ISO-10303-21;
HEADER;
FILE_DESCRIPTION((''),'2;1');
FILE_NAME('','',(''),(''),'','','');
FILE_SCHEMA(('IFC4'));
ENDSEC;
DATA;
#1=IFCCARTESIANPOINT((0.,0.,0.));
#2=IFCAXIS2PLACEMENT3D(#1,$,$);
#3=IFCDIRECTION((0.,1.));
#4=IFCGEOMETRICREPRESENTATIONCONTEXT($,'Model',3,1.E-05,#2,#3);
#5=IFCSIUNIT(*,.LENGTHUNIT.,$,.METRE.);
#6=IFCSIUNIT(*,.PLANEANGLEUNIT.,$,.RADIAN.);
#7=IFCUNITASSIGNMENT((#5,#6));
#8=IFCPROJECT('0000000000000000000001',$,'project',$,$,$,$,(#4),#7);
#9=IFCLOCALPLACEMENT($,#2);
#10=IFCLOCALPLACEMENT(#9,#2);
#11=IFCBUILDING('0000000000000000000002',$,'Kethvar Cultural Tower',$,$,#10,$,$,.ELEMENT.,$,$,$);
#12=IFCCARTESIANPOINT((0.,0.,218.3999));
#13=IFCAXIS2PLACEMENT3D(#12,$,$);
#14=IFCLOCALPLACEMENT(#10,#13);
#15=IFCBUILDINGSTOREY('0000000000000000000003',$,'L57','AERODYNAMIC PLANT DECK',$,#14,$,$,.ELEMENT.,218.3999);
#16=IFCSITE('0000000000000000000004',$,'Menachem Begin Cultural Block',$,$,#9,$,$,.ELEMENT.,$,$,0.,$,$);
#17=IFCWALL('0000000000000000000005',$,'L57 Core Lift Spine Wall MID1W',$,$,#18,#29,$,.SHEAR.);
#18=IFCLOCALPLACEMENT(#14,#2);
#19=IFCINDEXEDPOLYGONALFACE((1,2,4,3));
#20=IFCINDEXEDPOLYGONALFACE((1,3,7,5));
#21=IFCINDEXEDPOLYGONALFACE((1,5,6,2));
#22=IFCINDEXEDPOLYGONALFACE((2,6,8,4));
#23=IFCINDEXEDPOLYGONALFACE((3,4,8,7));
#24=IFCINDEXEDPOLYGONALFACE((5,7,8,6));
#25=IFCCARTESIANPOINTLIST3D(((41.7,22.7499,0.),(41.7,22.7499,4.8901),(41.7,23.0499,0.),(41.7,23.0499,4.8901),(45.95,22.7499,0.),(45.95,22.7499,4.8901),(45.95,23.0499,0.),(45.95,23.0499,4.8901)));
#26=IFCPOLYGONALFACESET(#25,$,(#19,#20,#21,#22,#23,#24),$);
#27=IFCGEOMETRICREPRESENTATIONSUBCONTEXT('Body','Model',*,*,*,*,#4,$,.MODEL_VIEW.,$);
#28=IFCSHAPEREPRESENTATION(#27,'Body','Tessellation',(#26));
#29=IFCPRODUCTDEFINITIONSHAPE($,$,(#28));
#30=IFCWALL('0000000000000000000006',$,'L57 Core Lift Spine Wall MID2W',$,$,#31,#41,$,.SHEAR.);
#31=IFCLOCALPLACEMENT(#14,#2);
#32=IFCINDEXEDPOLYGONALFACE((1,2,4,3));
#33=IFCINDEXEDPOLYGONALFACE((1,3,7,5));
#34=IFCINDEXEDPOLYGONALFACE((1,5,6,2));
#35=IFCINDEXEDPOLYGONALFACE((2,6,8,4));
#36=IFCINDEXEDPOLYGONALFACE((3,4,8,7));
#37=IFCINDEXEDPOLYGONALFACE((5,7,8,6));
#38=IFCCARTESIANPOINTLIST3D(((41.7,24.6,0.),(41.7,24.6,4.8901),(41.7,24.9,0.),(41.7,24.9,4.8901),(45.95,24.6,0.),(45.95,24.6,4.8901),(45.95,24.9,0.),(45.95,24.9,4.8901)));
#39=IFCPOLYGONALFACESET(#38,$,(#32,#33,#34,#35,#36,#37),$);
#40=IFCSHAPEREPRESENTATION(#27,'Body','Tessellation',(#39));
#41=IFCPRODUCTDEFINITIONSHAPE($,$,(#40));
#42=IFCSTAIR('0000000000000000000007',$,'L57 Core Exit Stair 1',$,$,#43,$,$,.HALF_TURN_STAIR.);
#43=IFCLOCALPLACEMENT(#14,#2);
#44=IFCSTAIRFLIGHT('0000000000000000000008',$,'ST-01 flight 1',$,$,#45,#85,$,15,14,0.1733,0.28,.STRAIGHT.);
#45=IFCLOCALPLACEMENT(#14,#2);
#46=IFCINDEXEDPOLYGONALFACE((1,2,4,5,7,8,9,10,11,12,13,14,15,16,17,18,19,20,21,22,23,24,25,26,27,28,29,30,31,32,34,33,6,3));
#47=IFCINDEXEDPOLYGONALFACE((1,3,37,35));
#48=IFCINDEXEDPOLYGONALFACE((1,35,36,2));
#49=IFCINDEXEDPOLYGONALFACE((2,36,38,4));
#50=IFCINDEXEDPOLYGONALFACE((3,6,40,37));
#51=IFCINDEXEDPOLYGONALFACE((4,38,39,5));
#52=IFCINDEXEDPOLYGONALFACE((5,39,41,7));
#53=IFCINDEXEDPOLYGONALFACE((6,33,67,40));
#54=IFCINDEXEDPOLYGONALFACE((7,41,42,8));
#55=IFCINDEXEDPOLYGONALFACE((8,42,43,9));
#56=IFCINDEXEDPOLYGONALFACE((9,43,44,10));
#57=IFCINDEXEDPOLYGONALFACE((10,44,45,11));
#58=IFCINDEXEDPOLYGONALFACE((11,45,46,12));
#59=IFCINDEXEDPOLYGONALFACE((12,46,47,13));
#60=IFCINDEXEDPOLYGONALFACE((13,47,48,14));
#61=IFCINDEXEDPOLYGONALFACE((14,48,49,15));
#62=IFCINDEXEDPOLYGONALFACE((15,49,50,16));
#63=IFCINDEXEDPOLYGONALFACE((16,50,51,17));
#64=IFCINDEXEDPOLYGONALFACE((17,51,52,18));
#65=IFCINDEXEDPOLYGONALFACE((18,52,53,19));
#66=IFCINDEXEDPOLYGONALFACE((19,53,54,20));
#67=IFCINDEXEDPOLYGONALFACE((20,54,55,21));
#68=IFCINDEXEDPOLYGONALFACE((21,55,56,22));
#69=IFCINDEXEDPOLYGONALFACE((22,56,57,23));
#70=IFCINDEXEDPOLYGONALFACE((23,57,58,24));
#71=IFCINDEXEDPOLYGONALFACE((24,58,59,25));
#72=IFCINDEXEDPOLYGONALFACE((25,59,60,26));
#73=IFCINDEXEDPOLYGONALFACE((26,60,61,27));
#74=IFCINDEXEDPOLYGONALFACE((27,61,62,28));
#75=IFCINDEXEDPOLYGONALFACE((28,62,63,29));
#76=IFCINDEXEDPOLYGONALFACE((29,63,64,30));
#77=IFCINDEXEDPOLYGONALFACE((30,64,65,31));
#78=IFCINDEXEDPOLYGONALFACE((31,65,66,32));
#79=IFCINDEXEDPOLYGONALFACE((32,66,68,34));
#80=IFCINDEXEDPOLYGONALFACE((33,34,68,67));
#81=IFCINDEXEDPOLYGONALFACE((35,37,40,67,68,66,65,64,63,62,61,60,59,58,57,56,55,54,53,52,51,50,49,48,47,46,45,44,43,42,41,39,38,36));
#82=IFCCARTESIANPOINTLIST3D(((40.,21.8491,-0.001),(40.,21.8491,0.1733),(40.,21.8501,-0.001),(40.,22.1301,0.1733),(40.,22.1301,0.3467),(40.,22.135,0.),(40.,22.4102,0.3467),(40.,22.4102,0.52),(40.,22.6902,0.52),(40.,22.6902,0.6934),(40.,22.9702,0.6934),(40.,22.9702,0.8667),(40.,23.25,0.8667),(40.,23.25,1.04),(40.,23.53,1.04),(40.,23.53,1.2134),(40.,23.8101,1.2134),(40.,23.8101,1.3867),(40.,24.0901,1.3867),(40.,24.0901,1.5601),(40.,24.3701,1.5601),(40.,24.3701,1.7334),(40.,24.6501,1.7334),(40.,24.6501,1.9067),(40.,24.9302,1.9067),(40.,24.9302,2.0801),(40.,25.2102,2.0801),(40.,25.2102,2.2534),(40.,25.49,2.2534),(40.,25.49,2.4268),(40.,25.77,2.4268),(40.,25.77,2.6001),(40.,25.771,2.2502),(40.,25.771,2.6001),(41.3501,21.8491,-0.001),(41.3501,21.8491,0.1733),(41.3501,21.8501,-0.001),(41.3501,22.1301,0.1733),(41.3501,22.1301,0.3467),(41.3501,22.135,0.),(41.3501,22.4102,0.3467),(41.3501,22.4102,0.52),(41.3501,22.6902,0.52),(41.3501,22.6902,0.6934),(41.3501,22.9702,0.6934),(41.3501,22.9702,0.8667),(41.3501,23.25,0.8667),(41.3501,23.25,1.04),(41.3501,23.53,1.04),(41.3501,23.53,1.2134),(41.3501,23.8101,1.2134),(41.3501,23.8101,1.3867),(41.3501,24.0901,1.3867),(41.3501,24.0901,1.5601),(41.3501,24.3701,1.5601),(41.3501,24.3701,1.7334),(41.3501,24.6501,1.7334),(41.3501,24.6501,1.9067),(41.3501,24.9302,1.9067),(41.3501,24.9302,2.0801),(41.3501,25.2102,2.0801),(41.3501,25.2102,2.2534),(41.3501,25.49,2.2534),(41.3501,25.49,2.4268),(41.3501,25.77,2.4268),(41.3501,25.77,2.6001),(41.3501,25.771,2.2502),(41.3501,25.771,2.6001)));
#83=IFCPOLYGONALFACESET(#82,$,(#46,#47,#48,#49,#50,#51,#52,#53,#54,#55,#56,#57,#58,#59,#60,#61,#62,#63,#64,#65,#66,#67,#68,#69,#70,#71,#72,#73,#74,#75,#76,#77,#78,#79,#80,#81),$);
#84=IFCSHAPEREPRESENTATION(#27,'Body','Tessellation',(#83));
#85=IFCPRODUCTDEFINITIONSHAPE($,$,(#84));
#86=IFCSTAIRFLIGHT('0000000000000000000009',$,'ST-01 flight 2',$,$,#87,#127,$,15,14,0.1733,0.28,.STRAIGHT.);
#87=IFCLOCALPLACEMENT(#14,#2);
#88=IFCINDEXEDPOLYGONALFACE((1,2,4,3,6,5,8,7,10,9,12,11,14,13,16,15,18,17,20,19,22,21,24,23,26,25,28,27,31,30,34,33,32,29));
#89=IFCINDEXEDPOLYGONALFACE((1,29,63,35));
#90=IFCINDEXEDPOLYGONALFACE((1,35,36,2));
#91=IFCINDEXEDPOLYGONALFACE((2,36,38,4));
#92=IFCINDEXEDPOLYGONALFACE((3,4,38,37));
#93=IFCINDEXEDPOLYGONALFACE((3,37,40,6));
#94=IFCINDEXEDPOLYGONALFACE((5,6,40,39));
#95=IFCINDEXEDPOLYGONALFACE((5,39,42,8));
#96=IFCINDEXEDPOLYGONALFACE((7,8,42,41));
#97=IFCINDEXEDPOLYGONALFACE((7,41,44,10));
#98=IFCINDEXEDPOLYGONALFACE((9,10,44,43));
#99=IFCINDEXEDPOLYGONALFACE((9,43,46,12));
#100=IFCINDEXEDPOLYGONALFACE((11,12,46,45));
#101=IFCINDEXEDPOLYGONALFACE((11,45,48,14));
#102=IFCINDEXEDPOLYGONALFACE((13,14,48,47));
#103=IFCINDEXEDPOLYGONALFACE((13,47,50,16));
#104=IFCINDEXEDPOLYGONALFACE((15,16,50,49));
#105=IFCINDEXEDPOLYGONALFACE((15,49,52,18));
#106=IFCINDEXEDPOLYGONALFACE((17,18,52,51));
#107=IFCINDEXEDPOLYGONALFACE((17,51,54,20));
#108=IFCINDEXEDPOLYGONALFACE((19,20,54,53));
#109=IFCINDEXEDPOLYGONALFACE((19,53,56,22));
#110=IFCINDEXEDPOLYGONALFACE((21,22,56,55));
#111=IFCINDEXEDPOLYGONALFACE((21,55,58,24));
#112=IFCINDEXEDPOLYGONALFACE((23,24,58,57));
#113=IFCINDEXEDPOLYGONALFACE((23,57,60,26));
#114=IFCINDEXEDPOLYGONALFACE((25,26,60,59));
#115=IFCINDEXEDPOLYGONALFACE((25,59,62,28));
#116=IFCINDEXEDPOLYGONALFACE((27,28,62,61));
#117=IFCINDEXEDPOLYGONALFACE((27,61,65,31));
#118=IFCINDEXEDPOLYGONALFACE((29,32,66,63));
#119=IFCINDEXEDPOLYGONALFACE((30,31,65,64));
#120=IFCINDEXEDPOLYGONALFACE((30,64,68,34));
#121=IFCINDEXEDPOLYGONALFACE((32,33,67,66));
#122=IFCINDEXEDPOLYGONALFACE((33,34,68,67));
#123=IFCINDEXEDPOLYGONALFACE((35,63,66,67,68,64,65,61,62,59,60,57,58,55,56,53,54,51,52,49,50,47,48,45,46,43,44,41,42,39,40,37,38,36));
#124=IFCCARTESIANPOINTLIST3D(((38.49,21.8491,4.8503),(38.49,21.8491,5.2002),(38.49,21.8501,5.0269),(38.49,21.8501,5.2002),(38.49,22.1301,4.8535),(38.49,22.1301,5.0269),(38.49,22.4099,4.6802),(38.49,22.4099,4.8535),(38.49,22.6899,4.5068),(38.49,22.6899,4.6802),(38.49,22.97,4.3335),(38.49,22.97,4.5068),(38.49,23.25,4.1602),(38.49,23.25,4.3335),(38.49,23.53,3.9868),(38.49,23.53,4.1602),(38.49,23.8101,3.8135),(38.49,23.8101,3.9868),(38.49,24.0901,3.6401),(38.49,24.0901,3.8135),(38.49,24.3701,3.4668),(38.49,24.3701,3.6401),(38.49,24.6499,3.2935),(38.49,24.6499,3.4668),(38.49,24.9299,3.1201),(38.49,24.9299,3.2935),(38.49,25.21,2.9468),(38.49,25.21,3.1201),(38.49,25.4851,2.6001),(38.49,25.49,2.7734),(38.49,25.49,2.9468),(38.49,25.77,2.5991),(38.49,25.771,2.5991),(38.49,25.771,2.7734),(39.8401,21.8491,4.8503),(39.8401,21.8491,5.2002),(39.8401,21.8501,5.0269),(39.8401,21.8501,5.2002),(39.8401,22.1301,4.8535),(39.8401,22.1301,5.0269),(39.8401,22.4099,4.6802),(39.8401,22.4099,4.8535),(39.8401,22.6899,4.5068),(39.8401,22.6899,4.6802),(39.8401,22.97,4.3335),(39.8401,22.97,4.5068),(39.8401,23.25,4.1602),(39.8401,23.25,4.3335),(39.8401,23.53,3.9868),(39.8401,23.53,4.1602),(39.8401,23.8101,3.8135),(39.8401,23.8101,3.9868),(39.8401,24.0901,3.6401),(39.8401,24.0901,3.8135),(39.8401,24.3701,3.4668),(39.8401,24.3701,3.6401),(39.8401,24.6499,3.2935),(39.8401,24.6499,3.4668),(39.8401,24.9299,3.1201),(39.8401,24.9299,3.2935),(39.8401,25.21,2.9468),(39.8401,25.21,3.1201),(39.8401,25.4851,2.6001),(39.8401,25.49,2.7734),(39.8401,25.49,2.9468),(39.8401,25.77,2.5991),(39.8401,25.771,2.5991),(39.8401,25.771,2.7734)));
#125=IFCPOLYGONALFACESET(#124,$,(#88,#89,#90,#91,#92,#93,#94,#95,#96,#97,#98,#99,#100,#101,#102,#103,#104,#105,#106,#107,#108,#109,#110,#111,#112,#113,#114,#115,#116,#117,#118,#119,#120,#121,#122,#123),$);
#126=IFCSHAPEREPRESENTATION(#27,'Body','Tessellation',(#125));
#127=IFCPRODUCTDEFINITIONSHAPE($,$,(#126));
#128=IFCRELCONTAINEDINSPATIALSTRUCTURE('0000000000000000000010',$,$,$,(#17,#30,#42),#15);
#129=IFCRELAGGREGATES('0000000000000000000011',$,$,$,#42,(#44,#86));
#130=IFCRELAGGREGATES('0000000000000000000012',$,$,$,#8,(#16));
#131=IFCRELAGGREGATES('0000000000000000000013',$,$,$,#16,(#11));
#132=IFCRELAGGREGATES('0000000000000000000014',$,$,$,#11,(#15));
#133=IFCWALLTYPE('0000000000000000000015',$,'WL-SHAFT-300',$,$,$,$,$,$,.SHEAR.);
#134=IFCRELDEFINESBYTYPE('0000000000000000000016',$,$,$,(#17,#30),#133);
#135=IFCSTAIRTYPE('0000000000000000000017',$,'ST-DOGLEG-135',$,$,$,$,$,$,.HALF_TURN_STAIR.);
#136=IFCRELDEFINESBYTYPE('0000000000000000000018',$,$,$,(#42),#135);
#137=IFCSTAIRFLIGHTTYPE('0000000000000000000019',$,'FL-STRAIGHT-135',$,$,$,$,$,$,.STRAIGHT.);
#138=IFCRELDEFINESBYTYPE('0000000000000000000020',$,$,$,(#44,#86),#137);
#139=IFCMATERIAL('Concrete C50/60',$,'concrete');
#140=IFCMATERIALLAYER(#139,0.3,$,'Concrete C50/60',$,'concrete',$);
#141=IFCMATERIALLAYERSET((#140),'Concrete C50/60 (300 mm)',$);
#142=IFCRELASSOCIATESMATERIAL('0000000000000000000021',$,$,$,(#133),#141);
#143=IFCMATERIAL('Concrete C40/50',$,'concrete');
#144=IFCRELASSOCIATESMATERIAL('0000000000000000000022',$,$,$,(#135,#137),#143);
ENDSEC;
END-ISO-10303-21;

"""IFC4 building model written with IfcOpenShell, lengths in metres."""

from ifc_helpers import new_model, si_unit, direction, frame, frame_2d, origin, place, context, subcontext, project, spatial, polyline, rectangle, outline, extrude, material, layer, layer_set, type_object, element, aggregate, save


model = new_model("IFC4")

# Units and contexts
model_context = context("Model", 3, precision=1e-05, world=origin(), true_north=direction((0.0, 1.0)))
body_context = subcontext(model_context, "Body", "Model", "MODEL_VIEW")
ifc_project = project(units=[si_unit("LENGTHUNIT", "METRE"), si_unit("PLANEANGLEUNIT", "RADIAN")], contexts=[model_context])

# Site, building, storey
site_placement = place(None, origin())
site = spatial("IfcSite", under=ifc_project, at=site_placement, Name="Menachem Begin Cultural Block", CompositionType="ELEMENT", RefElevation=0.0)
building_placement = place(site_placement, origin())
building = spatial("IfcBuilding", under=site, at=building_placement, Name="Kethvar Cultural Tower", CompositionType="ELEMENT")
storey_placement = place(building_placement, frame((0.0, 0.0, 218.3999)))
storey = spatial("IfcBuildingStorey", under=building, at=storey_placement, Name="L57", Description="AERODYNAMIC PLANT DECK", CompositionType="ELEMENT", Elevation=218.3999)

# Walls
ifc_material_1 = material(Name="Concrete C50/60", Category="concrete")
ifc_layer_1 = layer(ifc_material_1, 0.3, Name="Concrete C50/60", Category="concrete")
ifc_layer_set_1 = layer_set([ifc_layer_1], Name="Concrete C50/60 (300 mm)")
wall_type_1 = type_object("IfcWallType", Name="WL-SHAFT-300", PredefinedType="SHEAR", material=ifc_layer_set_1)
for number, where, z_axis, x_axis, name in (
    (1, (41.7, 22.8999, 0.0), (0.0, 0.0, 1.0), (1.0, 0.0, 0.0), "L57 Core Lift Spine Wall MID1W"),
    (2, (41.7, 24.75, 0.0), (0.0, 0.0, 1.0), (1.0, 0.0, 0.0), "L57 Core Lift Spine Wall MID2W"),
):
    element("IfcWall", number, at=place(storey_placement, frame(where, z_axis=z_axis, x_axis=x_axis)), inside=storey, type_object=wall_type_1, Name=name, PredefinedType="SHEAR", context=body_context, shape_type="SweptSolid", body=[
        extrude(rectangle(XDim=4.25, YDim=0.3, at=frame_2d((2.125, 0.0))), origin(), (0.0, 0.0, 1.0), 4.8901),
    ])

# Stair, stair flights
ifc_material_2 = material(Name="Concrete C40/50", Category="concrete")
stair_type = type_object("IfcStairType", Name="ST-DOGLEG-135", PredefinedType="HALF_TURN_STAIR", material=ifc_material_2)
stair_placement = place(storey_placement, origin())
stair = element("IfcStair", 3, at=stair_placement, inside=storey, type_object=stair_type, Name="L57 Core Exit Stair 1", PredefinedType="HALF_TURN_STAIR")
stair_flight_type = type_object("IfcStairFlightType", Name="FL-STRAIGHT-135", PredefinedType="STRAIGHT", material=ifc_material_2)
stair_flight_1_placement = place(storey_placement, frame((40.675, 21.8501, 0.0), z_axis=(0.0, 0.0, 1.0), x_axis=(0.0, 1.0, 0.0)))
stair_flight_1 = element("IfcStairFlight", 4, at=stair_flight_1_placement, type_object=stair_flight_type, Name="ST-01 flight 1", NumberOfRisers=15, NumberOfTreads=14, PredefinedType="STRAIGHT", RiserHeight=0.1733, TreadLength=0.28, context=body_context, shape_type="SweptSolid", body=[
    extrude(outline(polyline([(-0.001, -0.001), (-0.001, 0.1733), (0.28, 0.1733), (0.28, 0.3467), (0.5601, 0.3467), (0.5601, 0.52), (0.8401, 0.52), (0.8401, 0.6934), (1.1201, 0.6934), (1.1201, 0.8667), (1.3999, 0.8667), (1.3999, 1.04), (1.6799, 1.04), (1.6799, 1.2134), (1.96, 1.2134), (1.96, 1.3867), (2.24, 1.3867), (2.24, 1.5601), (2.52, 1.5601), (2.52, 1.7334), (2.8, 1.7334), (2.8, 1.9067), (3.0801, 1.9067), (3.0801, 2.0801), (3.3601, 2.0801), (3.3601, 2.2534), (3.6399, 2.2534), (3.6399, 2.4268), (3.9199, 2.4268), (3.9199, 2.6001), (3.9209, 2.6001), (3.9209, 2.2502), (0.2849, 0.0), (0.0, -0.001), (-0.001, -0.001)])), frame((0.0, 0.675, 0.0), z_axis=(0.0, -1.0, 0.0), x_axis=(1.0, 0.0, 0.0)), (0.0, 0.0, 1.0), 1.3501),
])
stair_flight_2_placement = place(storey_placement, frame((39.165, 25.77, 2.6001), z_axis=(0.0, 0.0, 1.0), x_axis=(0.0, -1.0, 0.0)))
stair_flight_2 = element("IfcStairFlight", 5, at=stair_flight_2_placement, type_object=stair_flight_type, Name="ST-01 flight 2", NumberOfRisers=15, NumberOfTreads=14, PredefinedType="STRAIGHT", RiserHeight=0.1733, TreadLength=0.28, context=body_context, shape_type="SweptSolid", body=[
    extrude(outline(polyline([(-0.001, -0.001), (-0.001, 0.1733), (0.28, 0.1733), (0.28, 0.3467), (0.5601, 0.3467), (0.5601, 0.52), (0.8401, 0.52), (0.8401, 0.6934), (1.1201, 0.6934), (1.1201, 0.8667), (1.3999, 0.8667), (1.3999, 1.04), (1.6799, 1.04), (1.6799, 1.2134), (1.96, 1.2134), (1.96, 1.3867), (2.24, 1.3867), (2.24, 1.5601), (2.52, 1.5601), (2.52, 1.7334), (2.8, 1.7334), (2.8, 1.9067), (3.0801, 1.9067), (3.0801, 2.0801), (3.3601, 2.0801), (3.3601, 2.2534), (3.6399, 2.2534), (3.6399, 2.4268), (3.9199, 2.4268), (3.9199, 2.6001), (3.9209, 2.6001), (3.9209, 2.2502), (0.2849, 0.0), (0.0, -0.001), (-0.001, -0.001)])), frame((0.0, 0.675, 0.0), z_axis=(0.0, -1.0, 0.0), x_axis=(1.0, 0.0, 0.0)), (0.0, 0.0, 1.0), 1.3501),
])
aggregate(stair, [stair_flight_1, stair_flight_2])

save(model, "model.ifc")
